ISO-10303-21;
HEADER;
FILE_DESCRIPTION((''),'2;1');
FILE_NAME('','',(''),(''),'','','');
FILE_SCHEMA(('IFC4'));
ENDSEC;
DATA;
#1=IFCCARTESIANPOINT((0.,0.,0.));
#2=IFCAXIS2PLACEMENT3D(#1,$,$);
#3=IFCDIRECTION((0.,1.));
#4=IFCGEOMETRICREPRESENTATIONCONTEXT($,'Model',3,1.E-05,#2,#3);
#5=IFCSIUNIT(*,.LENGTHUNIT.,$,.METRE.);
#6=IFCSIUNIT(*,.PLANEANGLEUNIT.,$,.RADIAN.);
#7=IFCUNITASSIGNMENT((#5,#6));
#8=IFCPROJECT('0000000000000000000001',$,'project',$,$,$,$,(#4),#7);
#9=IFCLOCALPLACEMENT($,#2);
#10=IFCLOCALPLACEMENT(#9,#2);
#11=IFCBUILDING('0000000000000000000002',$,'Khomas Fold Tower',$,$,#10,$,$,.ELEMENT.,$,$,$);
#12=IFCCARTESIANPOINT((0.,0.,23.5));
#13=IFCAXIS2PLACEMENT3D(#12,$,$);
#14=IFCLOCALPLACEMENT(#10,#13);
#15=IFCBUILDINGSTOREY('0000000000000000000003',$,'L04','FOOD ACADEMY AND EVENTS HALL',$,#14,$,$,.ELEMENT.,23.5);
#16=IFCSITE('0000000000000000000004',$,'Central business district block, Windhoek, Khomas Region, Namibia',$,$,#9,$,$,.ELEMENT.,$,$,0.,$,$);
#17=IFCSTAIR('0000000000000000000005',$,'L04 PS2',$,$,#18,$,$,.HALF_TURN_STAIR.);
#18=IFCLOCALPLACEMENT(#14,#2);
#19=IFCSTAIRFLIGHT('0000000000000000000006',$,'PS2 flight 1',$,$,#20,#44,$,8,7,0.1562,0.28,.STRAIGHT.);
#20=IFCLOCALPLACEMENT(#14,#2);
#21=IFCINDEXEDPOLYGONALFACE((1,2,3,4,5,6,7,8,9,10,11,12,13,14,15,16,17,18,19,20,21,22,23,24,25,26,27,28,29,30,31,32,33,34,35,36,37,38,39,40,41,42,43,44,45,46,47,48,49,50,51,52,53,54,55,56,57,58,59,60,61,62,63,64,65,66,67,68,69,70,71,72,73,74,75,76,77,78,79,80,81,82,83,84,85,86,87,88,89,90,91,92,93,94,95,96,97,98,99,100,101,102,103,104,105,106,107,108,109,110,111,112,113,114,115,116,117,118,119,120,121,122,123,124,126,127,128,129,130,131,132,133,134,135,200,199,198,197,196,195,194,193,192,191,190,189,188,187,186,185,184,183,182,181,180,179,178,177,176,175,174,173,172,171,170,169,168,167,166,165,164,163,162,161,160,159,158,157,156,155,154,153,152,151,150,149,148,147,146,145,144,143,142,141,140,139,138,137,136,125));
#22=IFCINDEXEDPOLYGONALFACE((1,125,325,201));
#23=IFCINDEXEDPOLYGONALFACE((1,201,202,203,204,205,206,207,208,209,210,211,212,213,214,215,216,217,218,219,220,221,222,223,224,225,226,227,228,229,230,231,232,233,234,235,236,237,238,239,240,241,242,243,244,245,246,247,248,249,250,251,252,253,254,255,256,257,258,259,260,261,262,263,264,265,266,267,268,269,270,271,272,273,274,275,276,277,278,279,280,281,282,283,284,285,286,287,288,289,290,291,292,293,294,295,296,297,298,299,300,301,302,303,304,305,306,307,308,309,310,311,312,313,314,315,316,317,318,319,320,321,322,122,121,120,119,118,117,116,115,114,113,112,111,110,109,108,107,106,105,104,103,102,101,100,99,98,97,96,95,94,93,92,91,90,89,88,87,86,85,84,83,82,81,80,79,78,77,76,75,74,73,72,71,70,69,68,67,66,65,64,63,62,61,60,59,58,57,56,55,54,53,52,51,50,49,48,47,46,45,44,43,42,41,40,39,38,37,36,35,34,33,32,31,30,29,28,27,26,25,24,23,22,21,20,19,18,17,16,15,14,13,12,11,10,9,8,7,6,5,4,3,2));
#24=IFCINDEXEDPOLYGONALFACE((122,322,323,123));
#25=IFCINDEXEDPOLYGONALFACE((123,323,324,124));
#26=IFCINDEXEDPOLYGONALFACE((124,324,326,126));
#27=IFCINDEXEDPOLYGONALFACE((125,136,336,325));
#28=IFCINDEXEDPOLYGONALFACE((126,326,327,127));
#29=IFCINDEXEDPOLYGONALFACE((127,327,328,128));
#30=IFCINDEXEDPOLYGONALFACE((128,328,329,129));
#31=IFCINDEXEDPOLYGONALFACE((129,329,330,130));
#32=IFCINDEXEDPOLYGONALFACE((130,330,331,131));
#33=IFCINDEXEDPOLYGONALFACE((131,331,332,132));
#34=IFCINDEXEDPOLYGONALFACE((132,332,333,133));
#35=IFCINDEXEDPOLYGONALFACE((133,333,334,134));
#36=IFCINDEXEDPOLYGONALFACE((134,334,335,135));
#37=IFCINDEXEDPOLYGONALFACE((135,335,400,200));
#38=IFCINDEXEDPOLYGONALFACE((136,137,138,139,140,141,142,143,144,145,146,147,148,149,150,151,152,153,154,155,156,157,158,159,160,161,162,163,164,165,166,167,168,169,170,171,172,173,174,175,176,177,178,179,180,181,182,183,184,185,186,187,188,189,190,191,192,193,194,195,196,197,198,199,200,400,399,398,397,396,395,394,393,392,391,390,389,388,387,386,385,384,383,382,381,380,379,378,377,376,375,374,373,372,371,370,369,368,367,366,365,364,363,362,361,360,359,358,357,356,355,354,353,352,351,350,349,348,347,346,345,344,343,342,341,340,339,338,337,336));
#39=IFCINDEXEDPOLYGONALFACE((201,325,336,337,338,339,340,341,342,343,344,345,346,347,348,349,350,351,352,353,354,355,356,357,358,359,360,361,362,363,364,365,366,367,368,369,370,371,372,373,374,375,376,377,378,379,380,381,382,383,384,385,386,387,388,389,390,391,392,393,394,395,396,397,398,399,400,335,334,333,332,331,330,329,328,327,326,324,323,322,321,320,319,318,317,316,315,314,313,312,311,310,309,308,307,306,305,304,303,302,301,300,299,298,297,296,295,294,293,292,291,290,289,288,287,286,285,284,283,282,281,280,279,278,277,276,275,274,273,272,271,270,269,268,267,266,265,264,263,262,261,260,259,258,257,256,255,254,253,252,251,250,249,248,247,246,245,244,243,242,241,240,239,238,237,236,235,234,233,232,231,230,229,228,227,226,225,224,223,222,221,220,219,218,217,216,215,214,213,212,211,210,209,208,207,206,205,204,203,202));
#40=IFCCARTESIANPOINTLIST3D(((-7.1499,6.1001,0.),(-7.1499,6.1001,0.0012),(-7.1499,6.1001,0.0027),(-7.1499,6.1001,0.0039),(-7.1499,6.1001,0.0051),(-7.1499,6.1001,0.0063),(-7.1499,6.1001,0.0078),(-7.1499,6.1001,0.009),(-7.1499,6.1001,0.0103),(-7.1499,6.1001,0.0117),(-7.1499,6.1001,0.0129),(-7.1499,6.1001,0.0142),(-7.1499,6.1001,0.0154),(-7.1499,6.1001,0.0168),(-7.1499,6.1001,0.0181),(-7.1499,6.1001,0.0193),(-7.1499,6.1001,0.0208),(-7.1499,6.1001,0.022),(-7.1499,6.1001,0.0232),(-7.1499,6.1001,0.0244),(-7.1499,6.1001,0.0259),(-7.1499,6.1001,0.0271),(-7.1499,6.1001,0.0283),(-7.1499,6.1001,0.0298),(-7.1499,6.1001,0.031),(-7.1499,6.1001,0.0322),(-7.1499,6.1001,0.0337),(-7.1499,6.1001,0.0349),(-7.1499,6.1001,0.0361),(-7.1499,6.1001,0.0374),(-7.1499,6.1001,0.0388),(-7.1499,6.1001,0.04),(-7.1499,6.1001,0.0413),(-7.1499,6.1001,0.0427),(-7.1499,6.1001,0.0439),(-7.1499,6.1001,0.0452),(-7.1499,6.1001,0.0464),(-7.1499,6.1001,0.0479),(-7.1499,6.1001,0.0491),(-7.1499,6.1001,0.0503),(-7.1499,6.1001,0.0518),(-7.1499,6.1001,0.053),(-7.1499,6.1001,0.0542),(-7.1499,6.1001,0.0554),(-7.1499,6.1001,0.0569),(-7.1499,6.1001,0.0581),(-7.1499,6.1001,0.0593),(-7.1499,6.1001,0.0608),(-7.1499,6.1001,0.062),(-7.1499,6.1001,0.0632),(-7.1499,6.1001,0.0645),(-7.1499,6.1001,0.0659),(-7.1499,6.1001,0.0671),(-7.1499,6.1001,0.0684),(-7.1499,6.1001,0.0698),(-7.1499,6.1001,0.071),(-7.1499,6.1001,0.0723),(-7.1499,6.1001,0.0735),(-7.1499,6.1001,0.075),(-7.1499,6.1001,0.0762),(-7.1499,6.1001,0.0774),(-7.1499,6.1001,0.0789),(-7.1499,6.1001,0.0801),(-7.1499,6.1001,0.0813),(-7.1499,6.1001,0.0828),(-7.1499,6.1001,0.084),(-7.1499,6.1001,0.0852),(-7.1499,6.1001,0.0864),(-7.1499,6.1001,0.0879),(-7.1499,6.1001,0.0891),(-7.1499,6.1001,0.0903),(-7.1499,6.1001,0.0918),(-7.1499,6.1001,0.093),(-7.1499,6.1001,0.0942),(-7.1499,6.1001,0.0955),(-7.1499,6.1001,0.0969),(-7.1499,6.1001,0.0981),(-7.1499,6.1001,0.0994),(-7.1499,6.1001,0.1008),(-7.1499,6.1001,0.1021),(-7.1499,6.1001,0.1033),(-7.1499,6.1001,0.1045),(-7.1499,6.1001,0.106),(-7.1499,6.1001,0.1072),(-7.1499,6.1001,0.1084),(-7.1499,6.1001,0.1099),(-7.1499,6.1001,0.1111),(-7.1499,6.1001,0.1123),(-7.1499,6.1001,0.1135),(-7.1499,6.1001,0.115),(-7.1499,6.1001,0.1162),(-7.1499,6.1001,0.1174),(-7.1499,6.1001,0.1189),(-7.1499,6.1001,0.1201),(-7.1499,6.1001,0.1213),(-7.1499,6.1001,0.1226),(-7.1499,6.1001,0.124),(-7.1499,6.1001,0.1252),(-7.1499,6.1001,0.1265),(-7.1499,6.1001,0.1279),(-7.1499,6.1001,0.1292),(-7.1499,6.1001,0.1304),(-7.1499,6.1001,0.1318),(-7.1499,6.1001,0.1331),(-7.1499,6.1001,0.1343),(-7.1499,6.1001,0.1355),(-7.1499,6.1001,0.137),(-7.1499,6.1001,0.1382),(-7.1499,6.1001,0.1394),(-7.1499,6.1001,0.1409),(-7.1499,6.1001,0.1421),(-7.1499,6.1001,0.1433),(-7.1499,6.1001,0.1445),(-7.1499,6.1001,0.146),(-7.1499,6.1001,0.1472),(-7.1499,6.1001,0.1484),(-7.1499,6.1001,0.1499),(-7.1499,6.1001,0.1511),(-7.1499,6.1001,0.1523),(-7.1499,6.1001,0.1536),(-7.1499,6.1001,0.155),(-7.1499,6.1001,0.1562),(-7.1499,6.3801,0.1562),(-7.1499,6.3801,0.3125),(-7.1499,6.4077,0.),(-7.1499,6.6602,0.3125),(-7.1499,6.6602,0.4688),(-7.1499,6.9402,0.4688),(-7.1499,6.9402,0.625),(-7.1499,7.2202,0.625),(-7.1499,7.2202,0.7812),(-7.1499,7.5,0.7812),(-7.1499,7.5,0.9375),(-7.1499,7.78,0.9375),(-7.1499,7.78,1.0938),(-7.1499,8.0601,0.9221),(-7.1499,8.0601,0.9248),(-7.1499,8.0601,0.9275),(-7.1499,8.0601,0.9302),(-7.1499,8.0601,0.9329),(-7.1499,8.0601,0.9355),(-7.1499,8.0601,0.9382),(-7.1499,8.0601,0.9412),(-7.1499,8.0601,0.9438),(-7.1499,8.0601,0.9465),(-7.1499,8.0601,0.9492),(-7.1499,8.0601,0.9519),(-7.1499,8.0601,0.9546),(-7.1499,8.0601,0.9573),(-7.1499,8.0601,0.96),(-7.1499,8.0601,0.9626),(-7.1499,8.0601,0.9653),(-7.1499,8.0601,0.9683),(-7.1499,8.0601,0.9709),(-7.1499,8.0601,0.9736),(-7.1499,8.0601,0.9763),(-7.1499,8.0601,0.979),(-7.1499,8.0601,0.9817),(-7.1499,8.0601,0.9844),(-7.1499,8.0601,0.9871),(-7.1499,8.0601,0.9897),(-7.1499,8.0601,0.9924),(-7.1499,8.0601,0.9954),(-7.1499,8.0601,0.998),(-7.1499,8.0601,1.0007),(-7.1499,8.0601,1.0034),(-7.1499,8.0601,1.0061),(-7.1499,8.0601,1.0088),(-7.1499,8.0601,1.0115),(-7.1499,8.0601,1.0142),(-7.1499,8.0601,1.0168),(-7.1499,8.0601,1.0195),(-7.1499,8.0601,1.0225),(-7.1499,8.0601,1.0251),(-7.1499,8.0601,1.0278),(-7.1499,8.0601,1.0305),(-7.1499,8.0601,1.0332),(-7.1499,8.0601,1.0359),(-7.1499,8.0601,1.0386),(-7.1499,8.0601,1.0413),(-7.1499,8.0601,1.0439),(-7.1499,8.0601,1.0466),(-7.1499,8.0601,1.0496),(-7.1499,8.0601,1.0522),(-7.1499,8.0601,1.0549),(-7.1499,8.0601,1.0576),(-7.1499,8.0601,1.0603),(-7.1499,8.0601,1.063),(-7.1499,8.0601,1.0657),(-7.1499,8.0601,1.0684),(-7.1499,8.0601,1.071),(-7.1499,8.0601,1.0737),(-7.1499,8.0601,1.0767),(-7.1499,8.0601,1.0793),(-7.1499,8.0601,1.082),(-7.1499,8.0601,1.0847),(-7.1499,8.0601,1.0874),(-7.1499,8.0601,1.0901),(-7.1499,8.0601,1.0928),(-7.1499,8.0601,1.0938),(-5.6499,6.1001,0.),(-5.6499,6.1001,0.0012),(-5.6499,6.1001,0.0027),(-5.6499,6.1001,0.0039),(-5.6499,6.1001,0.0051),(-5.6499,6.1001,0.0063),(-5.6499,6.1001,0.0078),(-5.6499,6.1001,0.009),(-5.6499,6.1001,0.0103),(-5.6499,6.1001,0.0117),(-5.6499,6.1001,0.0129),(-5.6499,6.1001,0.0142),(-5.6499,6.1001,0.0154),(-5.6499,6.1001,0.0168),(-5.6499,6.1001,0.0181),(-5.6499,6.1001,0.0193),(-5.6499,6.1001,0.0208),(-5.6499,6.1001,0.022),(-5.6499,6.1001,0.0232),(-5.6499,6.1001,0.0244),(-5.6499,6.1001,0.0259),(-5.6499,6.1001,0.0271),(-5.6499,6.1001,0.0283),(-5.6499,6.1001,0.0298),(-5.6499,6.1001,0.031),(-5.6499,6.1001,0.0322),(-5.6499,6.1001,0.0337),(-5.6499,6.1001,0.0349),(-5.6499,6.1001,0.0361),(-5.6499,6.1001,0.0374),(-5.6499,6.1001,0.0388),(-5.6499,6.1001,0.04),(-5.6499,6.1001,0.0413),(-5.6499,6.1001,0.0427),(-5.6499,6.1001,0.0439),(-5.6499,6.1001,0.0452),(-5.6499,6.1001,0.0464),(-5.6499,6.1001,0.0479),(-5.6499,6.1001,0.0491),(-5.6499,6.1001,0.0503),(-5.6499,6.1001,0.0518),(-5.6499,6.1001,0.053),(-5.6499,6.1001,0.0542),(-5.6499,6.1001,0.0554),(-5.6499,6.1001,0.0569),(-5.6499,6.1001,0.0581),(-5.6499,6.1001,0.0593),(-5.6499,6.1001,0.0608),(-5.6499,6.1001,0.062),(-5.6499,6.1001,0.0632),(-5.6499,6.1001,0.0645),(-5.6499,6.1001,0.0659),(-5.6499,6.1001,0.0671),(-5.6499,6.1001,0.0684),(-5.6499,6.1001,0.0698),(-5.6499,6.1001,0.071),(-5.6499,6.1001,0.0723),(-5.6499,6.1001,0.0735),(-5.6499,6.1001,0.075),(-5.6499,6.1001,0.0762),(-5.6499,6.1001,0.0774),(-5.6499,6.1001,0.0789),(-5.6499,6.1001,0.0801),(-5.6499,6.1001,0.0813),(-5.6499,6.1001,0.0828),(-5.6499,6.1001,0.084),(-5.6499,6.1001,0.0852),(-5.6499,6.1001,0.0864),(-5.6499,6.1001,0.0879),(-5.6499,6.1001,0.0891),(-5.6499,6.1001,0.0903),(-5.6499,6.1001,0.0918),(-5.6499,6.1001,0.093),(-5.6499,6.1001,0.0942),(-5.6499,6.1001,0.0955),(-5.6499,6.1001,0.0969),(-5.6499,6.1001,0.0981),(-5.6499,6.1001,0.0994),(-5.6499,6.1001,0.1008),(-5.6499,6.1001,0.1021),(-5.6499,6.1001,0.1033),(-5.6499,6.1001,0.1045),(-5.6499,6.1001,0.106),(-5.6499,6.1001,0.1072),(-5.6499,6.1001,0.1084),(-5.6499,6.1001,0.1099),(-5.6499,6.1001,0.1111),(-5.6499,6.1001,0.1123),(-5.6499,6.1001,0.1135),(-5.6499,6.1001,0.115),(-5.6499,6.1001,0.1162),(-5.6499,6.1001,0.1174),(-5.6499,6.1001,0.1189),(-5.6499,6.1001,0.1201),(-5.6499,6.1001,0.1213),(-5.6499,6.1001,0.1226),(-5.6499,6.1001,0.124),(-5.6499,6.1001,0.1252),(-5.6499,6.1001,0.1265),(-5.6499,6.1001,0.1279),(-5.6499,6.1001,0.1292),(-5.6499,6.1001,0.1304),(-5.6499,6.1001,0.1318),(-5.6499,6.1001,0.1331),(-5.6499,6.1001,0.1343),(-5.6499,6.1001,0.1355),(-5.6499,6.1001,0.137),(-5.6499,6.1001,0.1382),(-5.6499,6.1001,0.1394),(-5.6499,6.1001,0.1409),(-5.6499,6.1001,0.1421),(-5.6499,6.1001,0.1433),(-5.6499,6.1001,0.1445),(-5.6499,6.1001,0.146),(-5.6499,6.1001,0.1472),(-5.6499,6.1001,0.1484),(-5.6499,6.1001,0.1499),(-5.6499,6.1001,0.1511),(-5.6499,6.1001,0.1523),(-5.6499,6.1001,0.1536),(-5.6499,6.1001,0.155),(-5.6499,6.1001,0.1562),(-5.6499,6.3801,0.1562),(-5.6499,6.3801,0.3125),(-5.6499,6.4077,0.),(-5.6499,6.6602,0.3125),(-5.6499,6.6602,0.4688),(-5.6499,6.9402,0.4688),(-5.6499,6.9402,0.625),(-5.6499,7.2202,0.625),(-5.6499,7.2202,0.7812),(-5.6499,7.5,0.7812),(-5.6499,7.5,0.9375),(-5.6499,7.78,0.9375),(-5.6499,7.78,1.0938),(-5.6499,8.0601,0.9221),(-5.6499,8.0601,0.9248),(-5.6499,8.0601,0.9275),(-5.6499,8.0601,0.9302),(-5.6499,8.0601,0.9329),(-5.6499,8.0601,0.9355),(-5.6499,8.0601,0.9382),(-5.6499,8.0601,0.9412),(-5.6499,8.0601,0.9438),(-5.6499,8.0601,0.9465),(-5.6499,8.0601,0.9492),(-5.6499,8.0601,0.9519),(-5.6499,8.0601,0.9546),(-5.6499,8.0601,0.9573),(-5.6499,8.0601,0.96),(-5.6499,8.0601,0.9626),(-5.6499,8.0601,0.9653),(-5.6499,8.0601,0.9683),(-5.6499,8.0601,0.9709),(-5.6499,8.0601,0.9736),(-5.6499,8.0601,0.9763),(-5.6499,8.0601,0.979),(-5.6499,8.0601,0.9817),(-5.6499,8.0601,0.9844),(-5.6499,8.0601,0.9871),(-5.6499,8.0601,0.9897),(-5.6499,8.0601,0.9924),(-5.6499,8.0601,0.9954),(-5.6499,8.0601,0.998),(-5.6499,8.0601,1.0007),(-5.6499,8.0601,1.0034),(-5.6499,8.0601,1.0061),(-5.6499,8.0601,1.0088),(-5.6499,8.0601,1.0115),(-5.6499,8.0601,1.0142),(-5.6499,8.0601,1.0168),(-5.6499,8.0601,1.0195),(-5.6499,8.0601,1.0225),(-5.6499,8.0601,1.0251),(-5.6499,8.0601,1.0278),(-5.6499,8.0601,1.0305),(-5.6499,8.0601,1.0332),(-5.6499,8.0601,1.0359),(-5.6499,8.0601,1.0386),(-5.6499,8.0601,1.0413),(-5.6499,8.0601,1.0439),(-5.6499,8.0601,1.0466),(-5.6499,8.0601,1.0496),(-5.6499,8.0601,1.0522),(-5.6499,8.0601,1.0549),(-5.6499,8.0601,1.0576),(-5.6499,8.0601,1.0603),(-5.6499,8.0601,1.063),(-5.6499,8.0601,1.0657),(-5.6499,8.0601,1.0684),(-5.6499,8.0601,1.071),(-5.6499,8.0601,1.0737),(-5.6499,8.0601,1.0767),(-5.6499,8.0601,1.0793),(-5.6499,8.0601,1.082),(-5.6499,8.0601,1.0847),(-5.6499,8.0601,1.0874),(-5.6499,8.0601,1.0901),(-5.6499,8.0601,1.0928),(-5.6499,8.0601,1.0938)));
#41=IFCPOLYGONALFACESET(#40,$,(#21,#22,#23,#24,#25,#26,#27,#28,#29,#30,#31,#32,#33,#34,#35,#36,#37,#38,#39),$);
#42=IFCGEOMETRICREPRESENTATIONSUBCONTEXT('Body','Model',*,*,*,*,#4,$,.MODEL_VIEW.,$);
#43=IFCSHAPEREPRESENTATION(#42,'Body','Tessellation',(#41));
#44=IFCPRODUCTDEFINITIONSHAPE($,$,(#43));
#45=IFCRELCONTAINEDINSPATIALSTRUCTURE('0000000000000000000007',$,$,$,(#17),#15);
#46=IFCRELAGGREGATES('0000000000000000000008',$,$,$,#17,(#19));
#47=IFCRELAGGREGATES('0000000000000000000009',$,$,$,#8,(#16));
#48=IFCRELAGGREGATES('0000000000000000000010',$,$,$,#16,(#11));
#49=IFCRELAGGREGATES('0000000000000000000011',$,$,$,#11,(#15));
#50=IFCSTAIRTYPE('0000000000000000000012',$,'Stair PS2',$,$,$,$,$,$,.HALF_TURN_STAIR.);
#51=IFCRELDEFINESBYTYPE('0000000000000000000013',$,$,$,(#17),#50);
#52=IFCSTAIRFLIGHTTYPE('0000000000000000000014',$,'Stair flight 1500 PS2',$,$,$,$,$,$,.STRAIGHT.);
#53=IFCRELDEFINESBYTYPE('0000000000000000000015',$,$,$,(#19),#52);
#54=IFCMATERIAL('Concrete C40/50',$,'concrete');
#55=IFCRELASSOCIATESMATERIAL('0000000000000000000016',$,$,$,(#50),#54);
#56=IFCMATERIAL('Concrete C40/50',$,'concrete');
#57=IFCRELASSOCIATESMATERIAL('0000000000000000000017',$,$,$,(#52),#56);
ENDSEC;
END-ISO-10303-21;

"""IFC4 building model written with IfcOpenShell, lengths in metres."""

from ifc_helpers import new_model, si_unit, direction, frame, origin, place, context, subcontext, project, spatial, polyline, outline, extrude, source, transform, mapped, material, type_object, element, aggregate, save


model = new_model("IFC4")

# Units and contexts
model_context = context("Model", 3, precision=1e-05, world=origin(), true_north=direction((0.0, 1.0)))
body_context = subcontext(model_context, "Body", "Model", "MODEL_VIEW")
ifc_project = project(units=[si_unit("LENGTHUNIT", "METRE"), si_unit("PLANEANGLEUNIT", "RADIAN")], contexts=[model_context])

# Site, building, storey
site_placement = place(None, origin())
site = spatial("IfcSite", under=ifc_project, at=site_placement, Name="Central business district block, Windhoek, Khomas Region, Namibia", CompositionType="ELEMENT", RefElevation=0.0)
building_placement = place(site_placement, origin())
building = spatial("IfcBuilding", under=site, at=building_placement, Name="Khomas Fold Tower", CompositionType="ELEMENT")
storey_placement = place(building_placement, frame((0.0, 0.0, 23.5)))
storey = spatial("IfcBuildingStorey", under=building, at=storey_placement, Name="L04", Description="FOOD ACADEMY AND EVENTS HALL", CompositionType="ELEMENT", Elevation=23.5)

# Stair, stair flight
ifc_material_1 = material(Name="Concrete C40/50", Category="concrete")
stair_type = type_object("IfcStairType", Name="Stair PS2", PredefinedType="HALF_TURN_STAIR", material=ifc_material_1)
stair_placement = place(storey_placement, origin())
stair = element("IfcStair", 1, at=stair_placement, inside=storey, type_object=stair_type, Name="L04 PS2", PredefinedType="HALF_TURN_STAIR")
ifc_material_2 = material(Name="Concrete C40/50", Category="concrete")
stair_flight_type = type_object("IfcStairFlightType", Name="Stair flight 1500 PS2", PredefinedType="STRAIGHT", material=ifc_material_2)
shared_shape_1 = source(origin(), body_context, "Body", "SweptSolid", [
    extrude(outline(polyline([(0.0, 0.0), (0.0, 0.0012), (0.0, 0.0027), (0.0, 0.0039), (0.0, 0.0051), (0.0, 0.0063), (0.0, 0.0078), (0.0, 0.009), (0.0, 0.0103), (0.0, 0.0117), (0.0, 0.0129), (0.0, 0.0142), (0.0, 0.0154), (0.0, 0.0168), (0.0, 0.0181), (0.0, 0.0193), (0.0, 0.0208), (0.0, 0.022), (0.0, 0.0232), (0.0, 0.0244), (0.0, 0.0259), (0.0, 0.0271), (0.0, 0.0283), (0.0, 0.0298), (0.0, 0.031), (0.0, 0.0322), (0.0, 0.0337), (0.0, 0.0349), (0.0, 0.0361), (0.0, 0.0374), (0.0, 0.0388), (0.0, 0.04), (0.0, 0.0413), (0.0, 0.0427), (0.0, 0.0439), (0.0, 0.0452), (0.0, 0.0464), (0.0, 0.0479), (0.0, 0.0491), (0.0, 0.0503), (0.0, 0.0518), (0.0, 0.053), (0.0, 0.0542), (0.0, 0.0554), (0.0, 0.0569), (0.0, 0.0581), (0.0, 0.0593), (0.0, 0.0608), (0.0, 0.062), (0.0, 0.0632), (0.0, 0.0645), (0.0, 0.0659), (0.0, 0.0671), (0.0, 0.0684), (0.0, 0.0698), (0.0, 0.071), (0.0, 0.0723), (0.0, 0.0735), (0.0, 0.075), (0.0, 0.0762), (0.0, 0.0774), (0.0, 0.0789), (0.0, 0.0801), (0.0, 0.0813), (0.0, 0.0828), (0.0, 0.084), (0.0, 0.0852), (0.0, 0.0864), (0.0, 0.0879), (0.0, 0.0891), (0.0, 0.0903), (0.0, 0.0918), (0.0, 0.093), (0.0, 0.0942), (0.0, 0.0955), (0.0, 0.0969), (0.0, 0.0981), (0.0, 0.0994), (0.0, 0.1008), (0.0, 0.1021), (0.0, 0.1033), (0.0, 0.1045), (0.0, 0.106), (0.0, 0.1072), (0.0, 0.1084), (0.0, 0.1099), (0.0, 0.1111), (0.0, 0.1123), (0.0, 0.1135), (0.0, 0.115), (0.0, 0.1162), (0.0, 0.1174), (0.0, 0.1189), (0.0, 0.1201), (0.0, 0.1213), (0.0, 0.1226), (0.0, 0.124), (0.0, 0.1252), (0.0, 0.1265), (0.0, 0.1279), (0.0, 0.1292), (0.0, 0.1304), (0.0, 0.1318), (0.0, 0.1331), (0.0, 0.1343), (0.0, 0.1355), (0.0, 0.137), (0.0, 0.1382), (0.0, 0.1394), (0.0, 0.1409), (0.0, 0.1421), (0.0, 0.1433), (0.0, 0.1445), (0.0, 0.146), (0.0, 0.1472), (0.0, 0.1484), (0.0, 0.1499), (0.0, 0.1511), (0.0, 0.1523), (0.0, 0.1536), (0.0, 0.155), (0.0, 0.1562), (0.28, 0.1562), (0.28, 0.3125), (0.5601, 0.3125), (0.5601, 0.4688), (0.8401, 0.4688), (0.8401, 0.625), (1.1201, 0.625), (1.1201, 0.7812), (1.3999, 0.7812), (1.3999, 0.9375), (1.6799, 0.9375), (1.6799, 1.0938), (1.96, 1.0938), (1.96, 1.25), (1.96, 1.2473), (1.96, 1.2446), (1.96, 1.2419), (1.96, 1.2393), (1.96, 1.2363), (1.96, 1.2336), (1.96, 1.231), (1.96, 1.2283), (1.96, 1.2256), (1.96, 1.2229), (1.96, 1.2202), (1.96, 1.2175), (1.96, 1.2148), (1.96, 1.2122), (1.96, 1.2092), (1.96, 1.2065), (1.96, 1.2039), (1.96, 1.2012), (1.96, 1.1985), (1.96, 1.1958), (1.96, 1.1931), (1.96, 1.1904), (1.96, 1.1877), (1.96, 1.1851), (1.96, 1.1821), (1.96, 1.1794), (1.96, 1.1768), (1.96, 1.1741), (1.96, 1.1714), (1.96, 1.1687), (1.96, 1.166), (1.96, 1.1633), (1.96, 1.1606), (1.96, 1.158), (1.96, 1.155), (1.96, 1.1523), (1.96, 1.1497), (1.96, 1.147), (1.96, 1.1443), (1.96, 1.1416), (1.96, 1.1389), (1.96, 1.1362), (1.96, 1.1335), (1.96, 1.1309), (1.96, 1.1279), (1.96, 1.1252), (1.96, 1.1226), (1.96, 1.1199), (1.96, 1.1172), (1.96, 1.1145), (1.96, 1.1118), (1.96, 1.1091), (1.96, 1.1064), (1.96, 1.1038), (1.96, 1.1008), (1.96, 1.0981), (1.96, 1.0955), (1.96, 1.0928), (1.96, 1.0901), (1.96, 1.0874), (1.96, 1.0847), (1.96, 1.082), (1.96, 1.0793), (1.96, 1.0767), (1.96, 1.0737), (1.96, 1.071), (1.96, 1.0684), (1.96, 1.0657), (1.96, 1.063), (1.96, 1.0603), (1.96, 1.0576), (1.96, 1.0549), (1.96, 1.0522), (1.96, 1.0496), (1.96, 1.0466), (1.96, 1.0439), (1.96, 1.0413), (1.96, 1.0386), (1.96, 1.0359), (1.96, 1.0332), (1.96, 1.0305), (1.96, 1.0278), (1.96, 1.0251), (1.96, 1.0225), (1.96, 1.0195), (1.96, 1.0168), (1.96, 1.0142), (1.96, 1.0115), (1.96, 1.0088), (1.96, 1.0061), (1.96, 1.0034), (1.96, 1.0007), (1.96, 0.998), (1.96, 0.9954), (1.96, 0.9924), (1.96, 0.9897), (1.96, 0.9871), (1.96, 0.9844), (1.96, 0.9817), (1.96, 0.979), (1.96, 0.9763), (1.96, 0.9736), (1.96, 0.9709), (1.96, 0.9683), (1.96, 0.9653), (1.96, 0.9626), (1.96, 0.96), (1.96, 0.9573), (1.96, 0.9546), (1.96, 0.9519), (1.96, 0.9492), (1.96, 0.9465), (1.96, 0.9438), (1.96, 0.9412), (1.96, 0.9382), (1.96, 0.9355), (1.96, 0.9329), (1.96, 0.9302), (1.96, 0.9275), (1.96, 0.9248), (1.96, 0.9221), (0.3076, 0.0), (0.0, 0.0)])), frame((0.0, 0.75, 0.0), z_axis=(0.0, -1.0, 0.0), x_axis=(1.0, 0.0, 0.0)), (0.0, 0.0, 1.0), 1.5),
])
stair_flight_1_placement = place(storey_placement, frame((-6.3999, 6.1001, 0.0), z_axis=(0.0, 0.0, 1.0), x_axis=(0.0, 1.0, 0.0)))
stair_flight_1 = element("IfcStairFlight", 2, at=stair_flight_1_placement, type_object=stair_flight_type, Name="PS2 flight 1", NumberOfRisers=8, NumberOfTreads=7, PredefinedType="STRAIGHT", RiserHeight=0.1562, TreadLength=0.28, context=body_context, shape_type="MappedRepresentation", body=[
    mapped(shared_shape_1, transform((0.0, 0.0, 0.0))),
])
aggregate(stair, [stair_flight_1])

save(model, "model.ifc")
